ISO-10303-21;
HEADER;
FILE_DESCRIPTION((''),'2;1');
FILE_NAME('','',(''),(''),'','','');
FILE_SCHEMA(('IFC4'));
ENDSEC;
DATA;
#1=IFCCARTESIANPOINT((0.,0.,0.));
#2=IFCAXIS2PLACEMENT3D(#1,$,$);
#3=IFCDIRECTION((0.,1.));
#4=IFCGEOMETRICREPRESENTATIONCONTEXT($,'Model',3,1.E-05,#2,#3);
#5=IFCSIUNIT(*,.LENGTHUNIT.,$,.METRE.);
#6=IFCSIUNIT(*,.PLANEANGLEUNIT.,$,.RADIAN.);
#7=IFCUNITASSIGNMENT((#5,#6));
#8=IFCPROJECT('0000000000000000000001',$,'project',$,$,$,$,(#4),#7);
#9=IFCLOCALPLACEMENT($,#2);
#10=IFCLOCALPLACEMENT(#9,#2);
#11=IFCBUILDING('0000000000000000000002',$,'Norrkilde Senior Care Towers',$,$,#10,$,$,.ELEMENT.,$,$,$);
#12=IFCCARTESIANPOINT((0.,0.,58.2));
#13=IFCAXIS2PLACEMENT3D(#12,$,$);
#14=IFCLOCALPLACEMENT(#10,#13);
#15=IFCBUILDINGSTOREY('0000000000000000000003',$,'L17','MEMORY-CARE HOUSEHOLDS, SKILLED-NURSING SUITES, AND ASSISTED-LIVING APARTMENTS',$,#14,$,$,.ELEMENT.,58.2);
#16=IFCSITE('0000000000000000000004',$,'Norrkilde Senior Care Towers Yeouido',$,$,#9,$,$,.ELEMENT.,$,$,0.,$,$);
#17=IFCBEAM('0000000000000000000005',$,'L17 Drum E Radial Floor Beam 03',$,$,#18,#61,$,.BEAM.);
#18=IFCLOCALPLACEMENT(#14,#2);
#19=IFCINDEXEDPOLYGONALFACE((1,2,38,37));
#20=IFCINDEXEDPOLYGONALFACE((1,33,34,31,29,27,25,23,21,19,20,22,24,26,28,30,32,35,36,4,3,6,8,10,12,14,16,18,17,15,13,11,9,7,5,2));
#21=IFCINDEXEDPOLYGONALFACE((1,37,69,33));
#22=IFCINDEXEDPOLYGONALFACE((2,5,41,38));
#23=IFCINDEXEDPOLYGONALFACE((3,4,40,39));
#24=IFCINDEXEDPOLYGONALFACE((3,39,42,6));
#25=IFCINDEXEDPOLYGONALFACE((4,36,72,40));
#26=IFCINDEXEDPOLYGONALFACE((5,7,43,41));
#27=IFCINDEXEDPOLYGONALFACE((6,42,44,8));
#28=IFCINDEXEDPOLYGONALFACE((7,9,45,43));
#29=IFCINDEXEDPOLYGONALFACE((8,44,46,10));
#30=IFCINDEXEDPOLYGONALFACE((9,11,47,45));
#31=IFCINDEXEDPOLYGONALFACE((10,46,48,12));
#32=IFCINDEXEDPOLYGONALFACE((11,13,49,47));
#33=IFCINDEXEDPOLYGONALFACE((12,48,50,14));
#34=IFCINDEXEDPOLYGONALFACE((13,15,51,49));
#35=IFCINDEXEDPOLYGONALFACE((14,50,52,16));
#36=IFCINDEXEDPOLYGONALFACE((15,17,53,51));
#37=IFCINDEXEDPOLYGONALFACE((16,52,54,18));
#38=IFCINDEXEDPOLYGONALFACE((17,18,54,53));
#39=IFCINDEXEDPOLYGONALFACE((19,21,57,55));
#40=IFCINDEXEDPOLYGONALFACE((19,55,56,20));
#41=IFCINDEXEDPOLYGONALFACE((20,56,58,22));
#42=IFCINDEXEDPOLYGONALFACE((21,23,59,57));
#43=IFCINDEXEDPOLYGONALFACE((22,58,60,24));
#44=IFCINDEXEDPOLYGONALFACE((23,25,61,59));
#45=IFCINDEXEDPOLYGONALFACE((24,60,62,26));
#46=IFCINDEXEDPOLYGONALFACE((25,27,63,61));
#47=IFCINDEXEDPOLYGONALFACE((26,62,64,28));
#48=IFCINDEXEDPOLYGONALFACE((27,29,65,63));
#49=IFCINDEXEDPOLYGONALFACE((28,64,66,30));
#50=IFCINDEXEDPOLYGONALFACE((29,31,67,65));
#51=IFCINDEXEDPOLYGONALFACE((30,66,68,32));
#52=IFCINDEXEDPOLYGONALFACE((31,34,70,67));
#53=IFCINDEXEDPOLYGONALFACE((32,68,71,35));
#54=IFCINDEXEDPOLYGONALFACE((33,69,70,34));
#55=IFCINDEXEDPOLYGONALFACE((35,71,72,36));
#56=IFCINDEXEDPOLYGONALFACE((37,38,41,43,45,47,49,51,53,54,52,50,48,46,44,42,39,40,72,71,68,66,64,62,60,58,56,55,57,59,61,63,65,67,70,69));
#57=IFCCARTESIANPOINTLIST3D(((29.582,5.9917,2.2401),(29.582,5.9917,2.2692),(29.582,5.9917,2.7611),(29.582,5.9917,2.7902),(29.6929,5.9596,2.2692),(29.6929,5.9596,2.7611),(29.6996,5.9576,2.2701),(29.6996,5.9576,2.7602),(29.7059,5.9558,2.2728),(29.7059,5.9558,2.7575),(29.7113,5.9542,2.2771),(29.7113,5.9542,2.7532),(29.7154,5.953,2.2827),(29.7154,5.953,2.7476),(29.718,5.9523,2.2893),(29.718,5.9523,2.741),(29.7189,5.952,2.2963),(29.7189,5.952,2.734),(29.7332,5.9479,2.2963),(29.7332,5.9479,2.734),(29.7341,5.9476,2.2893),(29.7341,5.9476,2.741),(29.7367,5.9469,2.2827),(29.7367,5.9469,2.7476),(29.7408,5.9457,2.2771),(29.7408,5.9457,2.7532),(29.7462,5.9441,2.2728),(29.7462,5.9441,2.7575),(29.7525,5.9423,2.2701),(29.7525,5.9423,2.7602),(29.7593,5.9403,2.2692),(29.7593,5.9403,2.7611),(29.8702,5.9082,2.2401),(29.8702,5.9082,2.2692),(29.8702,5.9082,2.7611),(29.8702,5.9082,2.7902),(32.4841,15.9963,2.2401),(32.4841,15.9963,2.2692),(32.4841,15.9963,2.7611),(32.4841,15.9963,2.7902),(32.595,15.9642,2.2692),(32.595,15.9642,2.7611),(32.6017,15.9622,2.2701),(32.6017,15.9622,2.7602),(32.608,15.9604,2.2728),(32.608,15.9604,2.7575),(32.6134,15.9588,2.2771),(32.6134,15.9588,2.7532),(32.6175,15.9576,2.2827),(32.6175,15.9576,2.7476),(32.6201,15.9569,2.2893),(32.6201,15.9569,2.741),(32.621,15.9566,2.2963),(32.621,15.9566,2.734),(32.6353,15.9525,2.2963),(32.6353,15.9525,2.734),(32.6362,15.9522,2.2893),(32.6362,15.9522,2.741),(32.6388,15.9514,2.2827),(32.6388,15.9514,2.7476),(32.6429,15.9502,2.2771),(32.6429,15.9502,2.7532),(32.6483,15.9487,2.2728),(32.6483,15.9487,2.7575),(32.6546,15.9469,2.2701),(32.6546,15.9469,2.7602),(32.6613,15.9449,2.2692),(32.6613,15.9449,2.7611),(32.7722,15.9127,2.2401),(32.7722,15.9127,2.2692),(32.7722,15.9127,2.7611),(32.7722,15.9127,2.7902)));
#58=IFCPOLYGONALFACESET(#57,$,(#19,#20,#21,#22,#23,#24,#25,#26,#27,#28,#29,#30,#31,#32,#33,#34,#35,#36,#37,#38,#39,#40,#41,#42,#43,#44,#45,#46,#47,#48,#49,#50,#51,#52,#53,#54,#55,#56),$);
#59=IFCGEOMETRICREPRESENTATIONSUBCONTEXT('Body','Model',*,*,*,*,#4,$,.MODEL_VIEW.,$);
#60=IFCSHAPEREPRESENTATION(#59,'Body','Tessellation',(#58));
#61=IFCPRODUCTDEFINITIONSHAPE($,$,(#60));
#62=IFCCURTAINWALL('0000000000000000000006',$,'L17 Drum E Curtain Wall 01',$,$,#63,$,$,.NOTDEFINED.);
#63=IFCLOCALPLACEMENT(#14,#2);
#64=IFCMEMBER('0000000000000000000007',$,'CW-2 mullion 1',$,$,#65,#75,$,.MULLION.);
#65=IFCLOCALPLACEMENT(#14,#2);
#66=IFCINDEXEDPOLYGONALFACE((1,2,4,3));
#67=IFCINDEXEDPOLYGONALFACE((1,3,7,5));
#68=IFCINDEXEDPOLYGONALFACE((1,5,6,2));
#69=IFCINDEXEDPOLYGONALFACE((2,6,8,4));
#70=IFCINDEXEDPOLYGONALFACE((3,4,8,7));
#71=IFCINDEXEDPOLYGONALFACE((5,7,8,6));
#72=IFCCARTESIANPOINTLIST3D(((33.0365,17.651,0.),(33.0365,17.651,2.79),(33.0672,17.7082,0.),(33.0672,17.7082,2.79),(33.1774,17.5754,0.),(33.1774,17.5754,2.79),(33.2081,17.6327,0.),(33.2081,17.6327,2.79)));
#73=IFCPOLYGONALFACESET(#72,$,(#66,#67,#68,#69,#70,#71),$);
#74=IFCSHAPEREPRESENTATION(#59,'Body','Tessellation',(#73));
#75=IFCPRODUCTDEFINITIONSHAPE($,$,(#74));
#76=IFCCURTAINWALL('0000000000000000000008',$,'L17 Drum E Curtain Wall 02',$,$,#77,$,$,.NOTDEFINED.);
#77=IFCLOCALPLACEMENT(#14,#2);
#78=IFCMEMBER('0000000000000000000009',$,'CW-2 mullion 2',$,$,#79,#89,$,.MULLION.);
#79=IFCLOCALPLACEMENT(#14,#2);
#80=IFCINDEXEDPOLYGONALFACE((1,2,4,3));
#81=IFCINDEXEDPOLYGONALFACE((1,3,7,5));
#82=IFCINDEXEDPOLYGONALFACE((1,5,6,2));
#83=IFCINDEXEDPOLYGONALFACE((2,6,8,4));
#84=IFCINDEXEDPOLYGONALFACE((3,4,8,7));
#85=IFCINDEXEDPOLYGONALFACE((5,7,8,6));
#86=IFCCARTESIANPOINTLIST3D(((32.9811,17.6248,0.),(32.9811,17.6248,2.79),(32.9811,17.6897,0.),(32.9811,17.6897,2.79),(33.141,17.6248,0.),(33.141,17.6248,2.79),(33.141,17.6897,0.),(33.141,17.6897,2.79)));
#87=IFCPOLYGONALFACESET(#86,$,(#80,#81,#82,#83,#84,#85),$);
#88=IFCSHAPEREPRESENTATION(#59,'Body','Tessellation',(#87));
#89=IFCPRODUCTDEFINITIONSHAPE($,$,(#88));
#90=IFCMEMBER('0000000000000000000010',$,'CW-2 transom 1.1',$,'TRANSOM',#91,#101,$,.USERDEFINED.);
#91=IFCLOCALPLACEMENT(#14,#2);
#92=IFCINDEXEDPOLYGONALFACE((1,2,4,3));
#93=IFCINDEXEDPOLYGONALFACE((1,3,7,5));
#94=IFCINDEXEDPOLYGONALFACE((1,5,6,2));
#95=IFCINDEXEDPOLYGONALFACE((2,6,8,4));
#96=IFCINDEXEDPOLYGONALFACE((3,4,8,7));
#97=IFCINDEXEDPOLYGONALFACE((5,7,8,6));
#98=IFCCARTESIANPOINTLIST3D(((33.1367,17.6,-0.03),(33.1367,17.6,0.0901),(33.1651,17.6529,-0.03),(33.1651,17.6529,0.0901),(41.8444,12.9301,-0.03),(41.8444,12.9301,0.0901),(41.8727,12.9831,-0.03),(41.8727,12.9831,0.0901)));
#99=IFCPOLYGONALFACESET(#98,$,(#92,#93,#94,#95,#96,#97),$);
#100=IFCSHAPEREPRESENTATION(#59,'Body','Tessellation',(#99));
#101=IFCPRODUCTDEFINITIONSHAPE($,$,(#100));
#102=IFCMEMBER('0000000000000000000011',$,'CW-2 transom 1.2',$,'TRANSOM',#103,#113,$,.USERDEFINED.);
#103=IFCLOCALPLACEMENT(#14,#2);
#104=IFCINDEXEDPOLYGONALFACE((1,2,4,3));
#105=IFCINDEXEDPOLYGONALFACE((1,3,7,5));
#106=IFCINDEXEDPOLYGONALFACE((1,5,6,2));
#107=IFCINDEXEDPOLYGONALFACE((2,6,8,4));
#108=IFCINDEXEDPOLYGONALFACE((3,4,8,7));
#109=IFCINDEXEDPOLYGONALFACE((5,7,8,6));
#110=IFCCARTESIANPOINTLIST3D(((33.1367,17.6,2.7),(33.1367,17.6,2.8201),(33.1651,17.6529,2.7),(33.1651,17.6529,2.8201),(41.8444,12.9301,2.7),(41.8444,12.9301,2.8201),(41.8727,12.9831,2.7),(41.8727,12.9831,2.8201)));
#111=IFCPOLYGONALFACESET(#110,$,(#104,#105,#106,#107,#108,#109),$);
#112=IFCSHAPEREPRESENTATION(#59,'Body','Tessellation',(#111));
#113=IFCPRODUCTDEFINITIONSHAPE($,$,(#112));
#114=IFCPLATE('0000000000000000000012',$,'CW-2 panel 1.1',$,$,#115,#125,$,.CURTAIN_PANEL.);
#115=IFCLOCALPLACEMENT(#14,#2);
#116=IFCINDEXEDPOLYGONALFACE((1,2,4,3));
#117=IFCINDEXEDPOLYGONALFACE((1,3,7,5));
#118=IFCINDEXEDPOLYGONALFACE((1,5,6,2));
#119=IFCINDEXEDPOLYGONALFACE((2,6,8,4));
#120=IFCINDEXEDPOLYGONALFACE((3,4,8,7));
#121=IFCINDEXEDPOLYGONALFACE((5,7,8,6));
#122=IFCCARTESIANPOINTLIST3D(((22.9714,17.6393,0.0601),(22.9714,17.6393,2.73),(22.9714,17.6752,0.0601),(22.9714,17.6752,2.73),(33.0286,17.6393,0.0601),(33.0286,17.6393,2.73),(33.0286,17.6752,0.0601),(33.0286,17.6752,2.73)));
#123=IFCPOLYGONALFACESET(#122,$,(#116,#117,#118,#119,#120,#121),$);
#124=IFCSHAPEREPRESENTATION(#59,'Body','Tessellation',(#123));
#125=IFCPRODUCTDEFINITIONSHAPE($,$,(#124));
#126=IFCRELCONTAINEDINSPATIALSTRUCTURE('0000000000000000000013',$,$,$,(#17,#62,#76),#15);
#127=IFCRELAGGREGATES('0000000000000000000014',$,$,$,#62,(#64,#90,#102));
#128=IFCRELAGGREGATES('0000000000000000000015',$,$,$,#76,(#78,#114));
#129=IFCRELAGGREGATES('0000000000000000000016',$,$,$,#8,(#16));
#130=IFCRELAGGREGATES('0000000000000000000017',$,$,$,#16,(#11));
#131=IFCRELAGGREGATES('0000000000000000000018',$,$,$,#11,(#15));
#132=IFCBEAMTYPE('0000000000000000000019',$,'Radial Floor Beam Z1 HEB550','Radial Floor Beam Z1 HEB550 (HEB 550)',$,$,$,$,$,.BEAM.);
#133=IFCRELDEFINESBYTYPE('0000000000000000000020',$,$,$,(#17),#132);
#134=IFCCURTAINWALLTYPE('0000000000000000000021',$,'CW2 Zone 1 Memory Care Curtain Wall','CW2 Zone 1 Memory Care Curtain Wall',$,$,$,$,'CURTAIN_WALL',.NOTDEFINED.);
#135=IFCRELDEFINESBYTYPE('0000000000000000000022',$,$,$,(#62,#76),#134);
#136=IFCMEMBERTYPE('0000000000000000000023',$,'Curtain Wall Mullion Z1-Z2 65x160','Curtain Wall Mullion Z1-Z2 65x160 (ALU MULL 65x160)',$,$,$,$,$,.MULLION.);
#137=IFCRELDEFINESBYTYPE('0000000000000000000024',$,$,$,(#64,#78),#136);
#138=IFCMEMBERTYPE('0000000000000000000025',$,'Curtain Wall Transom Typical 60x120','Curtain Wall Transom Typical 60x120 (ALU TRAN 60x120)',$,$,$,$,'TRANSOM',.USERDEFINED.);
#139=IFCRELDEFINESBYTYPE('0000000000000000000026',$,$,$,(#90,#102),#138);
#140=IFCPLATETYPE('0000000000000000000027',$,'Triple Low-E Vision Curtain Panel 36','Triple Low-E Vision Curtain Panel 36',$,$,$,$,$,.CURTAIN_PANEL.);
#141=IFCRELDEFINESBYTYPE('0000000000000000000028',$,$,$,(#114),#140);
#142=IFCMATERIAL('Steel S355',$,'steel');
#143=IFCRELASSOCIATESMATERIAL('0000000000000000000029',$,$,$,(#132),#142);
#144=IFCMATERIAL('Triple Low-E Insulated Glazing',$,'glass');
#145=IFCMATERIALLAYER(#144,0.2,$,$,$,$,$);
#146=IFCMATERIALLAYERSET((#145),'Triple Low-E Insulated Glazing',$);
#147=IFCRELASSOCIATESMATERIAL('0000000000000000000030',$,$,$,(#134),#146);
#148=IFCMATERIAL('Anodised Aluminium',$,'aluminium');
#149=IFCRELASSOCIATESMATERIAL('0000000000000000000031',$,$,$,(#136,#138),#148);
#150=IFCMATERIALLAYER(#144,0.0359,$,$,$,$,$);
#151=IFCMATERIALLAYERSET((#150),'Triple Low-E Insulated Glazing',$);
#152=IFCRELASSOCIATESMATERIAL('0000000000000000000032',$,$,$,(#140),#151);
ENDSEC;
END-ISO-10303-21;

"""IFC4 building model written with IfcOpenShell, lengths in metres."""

from ifc_helpers import new_model, si_unit, direction, frame, origin, origin_2d, place, context, subcontext, project, spatial, rectangle, i_section, extrude, source, transform, mapped, material, layer, layer_set, material_profile, profile_set, type_object, type_shapes, element, aggregate, save


model = new_model("IFC4")

# Units and contexts
model_context = context("Model", 3, precision=1e-05, world=origin(), true_north=direction((0.0, 1.0)))
body_context = subcontext(model_context, "Body", "Model", "MODEL_VIEW")
ifc_project = project(units=[si_unit("LENGTHUNIT", "METRE"), si_unit("PLANEANGLEUNIT", "RADIAN")], contexts=[model_context])

# Site, building, storey
site_placement = place(None, origin())
site = spatial("IfcSite", under=ifc_project, at=site_placement, Name="Norrkilde Senior Care Towers Yeouido", CompositionType="ELEMENT", RefElevation=0.0)
building_placement = place(site_placement, origin())
building = spatial("IfcBuilding", under=site, at=building_placement, Name="Norrkilde Senior Care Towers", CompositionType="ELEMENT")
storey_placement = place(building_placement, frame((0.0, 0.0, 58.2)))
storey = spatial("IfcBuildingStorey", under=building, at=storey_placement, Name="L17", Description="MEMORY-CARE HOUSEHOLDS, SKILLED-NURSING SUITES, AND ASSISTED-LIVING APARTMENTS", CompositionType="ELEMENT", Elevation=58.2)

# Beam
ifc_material_1 = material(Name="Steel S355", Category="steel")
ifc_material_profile_1 = material_profile(ifc_material_1, i_section(OverallWidth=0.3, OverallDepth=0.55, WebThickness=0.0149, FlangeThickness=0.0291, FilletRadius=0.0271, at=origin_2d()), Name="HEB 550")
ifc_profile_set_1 = profile_set([ifc_material_profile_1], Name="Steel S355")
beam_type_1 = type_object("IfcBeamType", Name="Radial Floor Beam Z1 HEB550", Description="Radial Floor Beam Z1 HEB550 (HEB 550)", PredefinedType="BEAM", material=ifc_profile_set_1)
shared_shape_1 = source(origin(), body_context, "Body", "SweptSolid", [
    extrude(i_section(OverallWidth=0.3, OverallDepth=0.55, WebThickness=0.0149, FlangeThickness=0.0291, FilletRadius=0.0271, at=origin_2d()), origin(), (0.0, 0.0, 1.0), 10.417),
])
beam_1_placement = place(storey_placement, frame((29.7261, 5.95, 2.5151), z_axis=(0.278591, 0.96041, 0.0), x_axis=(-0.96041, 0.278591, 0.0)))
element("IfcBeam", 1, at=beam_1_placement, inside=storey, type_object=beam_type_1, Name="L17 Drum E Radial Floor Beam 03", PredefinedType="BEAM", context=body_context, shape_type="MappedRepresentation", body=[
    mapped(shared_shape_1, transform((0.0, 0.0, 0.0), x_axis=(1.0, 0.0, 0.0), y_axis=(0.0, 1.0, 0.0), z_axis=(0.0, 0.0, 1.0), scale=1.0)),
])

# Curtain walls, members
ifc_material_2 = material(Name="Triple Low-E Insulated Glazing", Category="glass")
ifc_layer_1 = layer(ifc_material_2, 0.2)
ifc_layer_set_1 = layer_set([ifc_layer_1], Name="Triple Low-E Insulated Glazing")
curtain_wall_type = type_object("IfcCurtainWallType", Name="CW2 Zone 1 Memory Care Curtain Wall", Description="CW2 Zone 1 Memory Care Curtain Wall", ElementType="CURTAIN_WALL", PredefinedType="NOTDEFINED", material=ifc_layer_set_1)
curtain_wall_1_placement = place(storey_placement, origin())
curtain_wall_1 = element("IfcCurtainWall", 2, at=curtain_wall_1_placement, inside=storey, type_object=curtain_wall_type, Name="L17 Drum E Curtain Wall 01", PredefinedType="NOTDEFINED")
ifc_material_3 = material(Name="Anodised Aluminium", Category="aluminium")
ifc_material_profile_2 = material_profile(ifc_material_3, rectangle(XDim=0.0649, YDim=0.1599, at=origin_2d()), Name="ALU MULL 65x160")
ifc_profile_set_2 = profile_set([ifc_material_profile_2], Name="Anodised Aluminium")
member_type_1 = type_object("IfcMemberType", Name="Curtain Wall Mullion Z1-Z2 65x160", Description="Curtain Wall Mullion Z1-Z2 65x160 (ALU MULL 65x160)", PredefinedType="MULLION", material=ifc_profile_set_2)
shared_shape_2 = source(origin(), body_context, "Body", "SweptSolid", [
    extrude(rectangle(XDim=0.0649, YDim=0.1599, at=origin_2d()), origin(), (0.0, 0.0, 1.0), 2.79),
])
type_shapes(member_type_1, [shared_shape_2])
member_1_placement = place(storey_placement, frame((33.1223, 17.6418, 0.0), z_axis=(0.0, 0.0, 1.0), x_axis=(0.472608, 0.881273, 0.0)))
member_1 = element("IfcMember", 3, at=member_1_placement, type_object=member_type_1, Name="CW-2 mullion 1", PredefinedType="MULLION", context=body_context, shape_type="MappedRepresentation", body=[
    mapped(shared_shape_2, transform((0.0, 0.0, 0.0), x_axis=(1.0, 0.0, 0.0), y_axis=(0.0, 1.0, 0.0), z_axis=(0.0, 0.0, 1.0), scale=1.0)),
])
curtain_wall_2_placement = place(storey_placement, origin())
curtain_wall_2 = element("IfcCurtainWall", 4, at=curtain_wall_2_placement, inside=storey, type_object=curtain_wall_type, Name="L17 Drum E Curtain Wall 02", PredefinedType="NOTDEFINED")
member_2_placement = place(storey_placement, frame((33.061, 17.6572, 0.0), z_axis=(0.0, 0.0, 1.0), x_axis=(0.0, 1.0, 0.0)))
member_2 = element("IfcMember", 5, at=member_2_placement, type_object=member_type_1, Name="CW-2 mullion 2", PredefinedType="MULLION", context=body_context, shape_type="MappedRepresentation", body=[
    mapped(shared_shape_2, transform((0.0, 0.0, 0.0), x_axis=(1.0, 0.0, 0.0), y_axis=(0.0, 1.0, 0.0), z_axis=(0.0, 0.0, 1.0), scale=1.0)),
])

# Members
ifc_material_profile_3 = material_profile(ifc_material_3, rectangle(XDim=0.0601, YDim=0.1201, at=origin_2d()), Name="ALU TRAN 60x120")
ifc_profile_set_3 = profile_set([ifc_material_profile_3], Name="Anodised Aluminium")
member_type_2 = type_object("IfcMemberType", Name="Curtain Wall Transom Typical 60x120", Description="Curtain Wall Transom Typical 60x120 (ALU TRAN 60x120)", ElementType="TRANSOM", PredefinedType="USERDEFINED", material=ifc_profile_set_3)
shared_shape_3 = source(origin(), body_context, "Body", "SweptSolid", [
    extrude(rectangle(XDim=0.0601, YDim=0.1201, at=origin_2d()), origin(), (0.0, 0.0, 1.0), 9.8809),
])
type_shapes(member_type_2, [shared_shape_3])
member_3_placement = place(storey_placement, frame((33.1509, 17.6265, 0.03), z_axis=(0.881267, -0.472618, 0.0), x_axis=(0.472618, 0.881267, 0.0)))
member_3 = element("IfcMember", 6, at=member_3_placement, type_object=member_type_2, Name="CW-2 transom 1.1", ObjectType="TRANSOM", PredefinedType="USERDEFINED", context=body_context, shape_type="MappedRepresentation", body=[
    mapped(shared_shape_3, transform((0.0, 0.0, 0.0), x_axis=(1.0, 0.0, 0.0), y_axis=(0.0, 1.0, 0.0), z_axis=(0.0, 0.0, 1.0), scale=1.0)),
])
member_4_placement = place(storey_placement, frame((33.1509, 17.6265, 2.76), z_axis=(0.881267, -0.472618, 0.0), x_axis=(0.472618, 0.881267, 0.0)))
member_4 = element("IfcMember", 7, at=member_4_placement, type_object=member_type_2, Name="CW-2 transom 1.2", ObjectType="TRANSOM", PredefinedType="USERDEFINED", context=body_context, shape_type="MappedRepresentation", body=[
    mapped(shared_shape_3, transform((0.0, 0.0, 0.0), x_axis=(1.0, 0.0, 0.0), y_axis=(0.0, 1.0, 0.0), z_axis=(0.0, 0.0, 1.0), scale=1.0)),
])
aggregate(curtain_wall_1, [member_1, member_3, member_4])

# Plate
ifc_layer_2 = layer(ifc_material_2, 0.0359)
ifc_layer_set_2 = layer_set([ifc_layer_2], Name="Triple Low-E Insulated Glazing")
plate_type = type_object("IfcPlateType", Name="Triple Low-E Vision Curtain Panel 36", Description="Triple Low-E Vision Curtain Panel 36", PredefinedType="CURTAIN_PANEL", material=ifc_layer_set_2)
shared_shape_4 = source(origin(), body_context, "Body", "SweptSolid", [
    extrude(rectangle(XDim=10.0571, YDim=0.0359, at=origin_2d()), origin(), (0.0, 0.0, 1.0), 2.6699),
])
type_shapes(plate_type, [shared_shape_4])
plate_placement = place(storey_placement, frame((28.0, 17.6572, 0.0601), z_axis=(0.0, 0.0, 1.0), x_axis=(1.0, 0.0, 0.0)))
plate = element("IfcPlate", 8, at=plate_placement, type_object=plate_type, Name="CW-2 panel 1.1", PredefinedType="CURTAIN_PANEL", context=body_context, shape_type="MappedRepresentation", body=[
    mapped(shared_shape_4, transform((0.0, 0.0, 0.0), x_axis=(1.0, 0.0, 0.0), y_axis=(0.0, 1.0, 0.0), z_axis=(0.0, 0.0, 1.0), scale=1.0)),
])
aggregate(curtain_wall_2, [member_2, plate])

save(model, "model.ifc")
